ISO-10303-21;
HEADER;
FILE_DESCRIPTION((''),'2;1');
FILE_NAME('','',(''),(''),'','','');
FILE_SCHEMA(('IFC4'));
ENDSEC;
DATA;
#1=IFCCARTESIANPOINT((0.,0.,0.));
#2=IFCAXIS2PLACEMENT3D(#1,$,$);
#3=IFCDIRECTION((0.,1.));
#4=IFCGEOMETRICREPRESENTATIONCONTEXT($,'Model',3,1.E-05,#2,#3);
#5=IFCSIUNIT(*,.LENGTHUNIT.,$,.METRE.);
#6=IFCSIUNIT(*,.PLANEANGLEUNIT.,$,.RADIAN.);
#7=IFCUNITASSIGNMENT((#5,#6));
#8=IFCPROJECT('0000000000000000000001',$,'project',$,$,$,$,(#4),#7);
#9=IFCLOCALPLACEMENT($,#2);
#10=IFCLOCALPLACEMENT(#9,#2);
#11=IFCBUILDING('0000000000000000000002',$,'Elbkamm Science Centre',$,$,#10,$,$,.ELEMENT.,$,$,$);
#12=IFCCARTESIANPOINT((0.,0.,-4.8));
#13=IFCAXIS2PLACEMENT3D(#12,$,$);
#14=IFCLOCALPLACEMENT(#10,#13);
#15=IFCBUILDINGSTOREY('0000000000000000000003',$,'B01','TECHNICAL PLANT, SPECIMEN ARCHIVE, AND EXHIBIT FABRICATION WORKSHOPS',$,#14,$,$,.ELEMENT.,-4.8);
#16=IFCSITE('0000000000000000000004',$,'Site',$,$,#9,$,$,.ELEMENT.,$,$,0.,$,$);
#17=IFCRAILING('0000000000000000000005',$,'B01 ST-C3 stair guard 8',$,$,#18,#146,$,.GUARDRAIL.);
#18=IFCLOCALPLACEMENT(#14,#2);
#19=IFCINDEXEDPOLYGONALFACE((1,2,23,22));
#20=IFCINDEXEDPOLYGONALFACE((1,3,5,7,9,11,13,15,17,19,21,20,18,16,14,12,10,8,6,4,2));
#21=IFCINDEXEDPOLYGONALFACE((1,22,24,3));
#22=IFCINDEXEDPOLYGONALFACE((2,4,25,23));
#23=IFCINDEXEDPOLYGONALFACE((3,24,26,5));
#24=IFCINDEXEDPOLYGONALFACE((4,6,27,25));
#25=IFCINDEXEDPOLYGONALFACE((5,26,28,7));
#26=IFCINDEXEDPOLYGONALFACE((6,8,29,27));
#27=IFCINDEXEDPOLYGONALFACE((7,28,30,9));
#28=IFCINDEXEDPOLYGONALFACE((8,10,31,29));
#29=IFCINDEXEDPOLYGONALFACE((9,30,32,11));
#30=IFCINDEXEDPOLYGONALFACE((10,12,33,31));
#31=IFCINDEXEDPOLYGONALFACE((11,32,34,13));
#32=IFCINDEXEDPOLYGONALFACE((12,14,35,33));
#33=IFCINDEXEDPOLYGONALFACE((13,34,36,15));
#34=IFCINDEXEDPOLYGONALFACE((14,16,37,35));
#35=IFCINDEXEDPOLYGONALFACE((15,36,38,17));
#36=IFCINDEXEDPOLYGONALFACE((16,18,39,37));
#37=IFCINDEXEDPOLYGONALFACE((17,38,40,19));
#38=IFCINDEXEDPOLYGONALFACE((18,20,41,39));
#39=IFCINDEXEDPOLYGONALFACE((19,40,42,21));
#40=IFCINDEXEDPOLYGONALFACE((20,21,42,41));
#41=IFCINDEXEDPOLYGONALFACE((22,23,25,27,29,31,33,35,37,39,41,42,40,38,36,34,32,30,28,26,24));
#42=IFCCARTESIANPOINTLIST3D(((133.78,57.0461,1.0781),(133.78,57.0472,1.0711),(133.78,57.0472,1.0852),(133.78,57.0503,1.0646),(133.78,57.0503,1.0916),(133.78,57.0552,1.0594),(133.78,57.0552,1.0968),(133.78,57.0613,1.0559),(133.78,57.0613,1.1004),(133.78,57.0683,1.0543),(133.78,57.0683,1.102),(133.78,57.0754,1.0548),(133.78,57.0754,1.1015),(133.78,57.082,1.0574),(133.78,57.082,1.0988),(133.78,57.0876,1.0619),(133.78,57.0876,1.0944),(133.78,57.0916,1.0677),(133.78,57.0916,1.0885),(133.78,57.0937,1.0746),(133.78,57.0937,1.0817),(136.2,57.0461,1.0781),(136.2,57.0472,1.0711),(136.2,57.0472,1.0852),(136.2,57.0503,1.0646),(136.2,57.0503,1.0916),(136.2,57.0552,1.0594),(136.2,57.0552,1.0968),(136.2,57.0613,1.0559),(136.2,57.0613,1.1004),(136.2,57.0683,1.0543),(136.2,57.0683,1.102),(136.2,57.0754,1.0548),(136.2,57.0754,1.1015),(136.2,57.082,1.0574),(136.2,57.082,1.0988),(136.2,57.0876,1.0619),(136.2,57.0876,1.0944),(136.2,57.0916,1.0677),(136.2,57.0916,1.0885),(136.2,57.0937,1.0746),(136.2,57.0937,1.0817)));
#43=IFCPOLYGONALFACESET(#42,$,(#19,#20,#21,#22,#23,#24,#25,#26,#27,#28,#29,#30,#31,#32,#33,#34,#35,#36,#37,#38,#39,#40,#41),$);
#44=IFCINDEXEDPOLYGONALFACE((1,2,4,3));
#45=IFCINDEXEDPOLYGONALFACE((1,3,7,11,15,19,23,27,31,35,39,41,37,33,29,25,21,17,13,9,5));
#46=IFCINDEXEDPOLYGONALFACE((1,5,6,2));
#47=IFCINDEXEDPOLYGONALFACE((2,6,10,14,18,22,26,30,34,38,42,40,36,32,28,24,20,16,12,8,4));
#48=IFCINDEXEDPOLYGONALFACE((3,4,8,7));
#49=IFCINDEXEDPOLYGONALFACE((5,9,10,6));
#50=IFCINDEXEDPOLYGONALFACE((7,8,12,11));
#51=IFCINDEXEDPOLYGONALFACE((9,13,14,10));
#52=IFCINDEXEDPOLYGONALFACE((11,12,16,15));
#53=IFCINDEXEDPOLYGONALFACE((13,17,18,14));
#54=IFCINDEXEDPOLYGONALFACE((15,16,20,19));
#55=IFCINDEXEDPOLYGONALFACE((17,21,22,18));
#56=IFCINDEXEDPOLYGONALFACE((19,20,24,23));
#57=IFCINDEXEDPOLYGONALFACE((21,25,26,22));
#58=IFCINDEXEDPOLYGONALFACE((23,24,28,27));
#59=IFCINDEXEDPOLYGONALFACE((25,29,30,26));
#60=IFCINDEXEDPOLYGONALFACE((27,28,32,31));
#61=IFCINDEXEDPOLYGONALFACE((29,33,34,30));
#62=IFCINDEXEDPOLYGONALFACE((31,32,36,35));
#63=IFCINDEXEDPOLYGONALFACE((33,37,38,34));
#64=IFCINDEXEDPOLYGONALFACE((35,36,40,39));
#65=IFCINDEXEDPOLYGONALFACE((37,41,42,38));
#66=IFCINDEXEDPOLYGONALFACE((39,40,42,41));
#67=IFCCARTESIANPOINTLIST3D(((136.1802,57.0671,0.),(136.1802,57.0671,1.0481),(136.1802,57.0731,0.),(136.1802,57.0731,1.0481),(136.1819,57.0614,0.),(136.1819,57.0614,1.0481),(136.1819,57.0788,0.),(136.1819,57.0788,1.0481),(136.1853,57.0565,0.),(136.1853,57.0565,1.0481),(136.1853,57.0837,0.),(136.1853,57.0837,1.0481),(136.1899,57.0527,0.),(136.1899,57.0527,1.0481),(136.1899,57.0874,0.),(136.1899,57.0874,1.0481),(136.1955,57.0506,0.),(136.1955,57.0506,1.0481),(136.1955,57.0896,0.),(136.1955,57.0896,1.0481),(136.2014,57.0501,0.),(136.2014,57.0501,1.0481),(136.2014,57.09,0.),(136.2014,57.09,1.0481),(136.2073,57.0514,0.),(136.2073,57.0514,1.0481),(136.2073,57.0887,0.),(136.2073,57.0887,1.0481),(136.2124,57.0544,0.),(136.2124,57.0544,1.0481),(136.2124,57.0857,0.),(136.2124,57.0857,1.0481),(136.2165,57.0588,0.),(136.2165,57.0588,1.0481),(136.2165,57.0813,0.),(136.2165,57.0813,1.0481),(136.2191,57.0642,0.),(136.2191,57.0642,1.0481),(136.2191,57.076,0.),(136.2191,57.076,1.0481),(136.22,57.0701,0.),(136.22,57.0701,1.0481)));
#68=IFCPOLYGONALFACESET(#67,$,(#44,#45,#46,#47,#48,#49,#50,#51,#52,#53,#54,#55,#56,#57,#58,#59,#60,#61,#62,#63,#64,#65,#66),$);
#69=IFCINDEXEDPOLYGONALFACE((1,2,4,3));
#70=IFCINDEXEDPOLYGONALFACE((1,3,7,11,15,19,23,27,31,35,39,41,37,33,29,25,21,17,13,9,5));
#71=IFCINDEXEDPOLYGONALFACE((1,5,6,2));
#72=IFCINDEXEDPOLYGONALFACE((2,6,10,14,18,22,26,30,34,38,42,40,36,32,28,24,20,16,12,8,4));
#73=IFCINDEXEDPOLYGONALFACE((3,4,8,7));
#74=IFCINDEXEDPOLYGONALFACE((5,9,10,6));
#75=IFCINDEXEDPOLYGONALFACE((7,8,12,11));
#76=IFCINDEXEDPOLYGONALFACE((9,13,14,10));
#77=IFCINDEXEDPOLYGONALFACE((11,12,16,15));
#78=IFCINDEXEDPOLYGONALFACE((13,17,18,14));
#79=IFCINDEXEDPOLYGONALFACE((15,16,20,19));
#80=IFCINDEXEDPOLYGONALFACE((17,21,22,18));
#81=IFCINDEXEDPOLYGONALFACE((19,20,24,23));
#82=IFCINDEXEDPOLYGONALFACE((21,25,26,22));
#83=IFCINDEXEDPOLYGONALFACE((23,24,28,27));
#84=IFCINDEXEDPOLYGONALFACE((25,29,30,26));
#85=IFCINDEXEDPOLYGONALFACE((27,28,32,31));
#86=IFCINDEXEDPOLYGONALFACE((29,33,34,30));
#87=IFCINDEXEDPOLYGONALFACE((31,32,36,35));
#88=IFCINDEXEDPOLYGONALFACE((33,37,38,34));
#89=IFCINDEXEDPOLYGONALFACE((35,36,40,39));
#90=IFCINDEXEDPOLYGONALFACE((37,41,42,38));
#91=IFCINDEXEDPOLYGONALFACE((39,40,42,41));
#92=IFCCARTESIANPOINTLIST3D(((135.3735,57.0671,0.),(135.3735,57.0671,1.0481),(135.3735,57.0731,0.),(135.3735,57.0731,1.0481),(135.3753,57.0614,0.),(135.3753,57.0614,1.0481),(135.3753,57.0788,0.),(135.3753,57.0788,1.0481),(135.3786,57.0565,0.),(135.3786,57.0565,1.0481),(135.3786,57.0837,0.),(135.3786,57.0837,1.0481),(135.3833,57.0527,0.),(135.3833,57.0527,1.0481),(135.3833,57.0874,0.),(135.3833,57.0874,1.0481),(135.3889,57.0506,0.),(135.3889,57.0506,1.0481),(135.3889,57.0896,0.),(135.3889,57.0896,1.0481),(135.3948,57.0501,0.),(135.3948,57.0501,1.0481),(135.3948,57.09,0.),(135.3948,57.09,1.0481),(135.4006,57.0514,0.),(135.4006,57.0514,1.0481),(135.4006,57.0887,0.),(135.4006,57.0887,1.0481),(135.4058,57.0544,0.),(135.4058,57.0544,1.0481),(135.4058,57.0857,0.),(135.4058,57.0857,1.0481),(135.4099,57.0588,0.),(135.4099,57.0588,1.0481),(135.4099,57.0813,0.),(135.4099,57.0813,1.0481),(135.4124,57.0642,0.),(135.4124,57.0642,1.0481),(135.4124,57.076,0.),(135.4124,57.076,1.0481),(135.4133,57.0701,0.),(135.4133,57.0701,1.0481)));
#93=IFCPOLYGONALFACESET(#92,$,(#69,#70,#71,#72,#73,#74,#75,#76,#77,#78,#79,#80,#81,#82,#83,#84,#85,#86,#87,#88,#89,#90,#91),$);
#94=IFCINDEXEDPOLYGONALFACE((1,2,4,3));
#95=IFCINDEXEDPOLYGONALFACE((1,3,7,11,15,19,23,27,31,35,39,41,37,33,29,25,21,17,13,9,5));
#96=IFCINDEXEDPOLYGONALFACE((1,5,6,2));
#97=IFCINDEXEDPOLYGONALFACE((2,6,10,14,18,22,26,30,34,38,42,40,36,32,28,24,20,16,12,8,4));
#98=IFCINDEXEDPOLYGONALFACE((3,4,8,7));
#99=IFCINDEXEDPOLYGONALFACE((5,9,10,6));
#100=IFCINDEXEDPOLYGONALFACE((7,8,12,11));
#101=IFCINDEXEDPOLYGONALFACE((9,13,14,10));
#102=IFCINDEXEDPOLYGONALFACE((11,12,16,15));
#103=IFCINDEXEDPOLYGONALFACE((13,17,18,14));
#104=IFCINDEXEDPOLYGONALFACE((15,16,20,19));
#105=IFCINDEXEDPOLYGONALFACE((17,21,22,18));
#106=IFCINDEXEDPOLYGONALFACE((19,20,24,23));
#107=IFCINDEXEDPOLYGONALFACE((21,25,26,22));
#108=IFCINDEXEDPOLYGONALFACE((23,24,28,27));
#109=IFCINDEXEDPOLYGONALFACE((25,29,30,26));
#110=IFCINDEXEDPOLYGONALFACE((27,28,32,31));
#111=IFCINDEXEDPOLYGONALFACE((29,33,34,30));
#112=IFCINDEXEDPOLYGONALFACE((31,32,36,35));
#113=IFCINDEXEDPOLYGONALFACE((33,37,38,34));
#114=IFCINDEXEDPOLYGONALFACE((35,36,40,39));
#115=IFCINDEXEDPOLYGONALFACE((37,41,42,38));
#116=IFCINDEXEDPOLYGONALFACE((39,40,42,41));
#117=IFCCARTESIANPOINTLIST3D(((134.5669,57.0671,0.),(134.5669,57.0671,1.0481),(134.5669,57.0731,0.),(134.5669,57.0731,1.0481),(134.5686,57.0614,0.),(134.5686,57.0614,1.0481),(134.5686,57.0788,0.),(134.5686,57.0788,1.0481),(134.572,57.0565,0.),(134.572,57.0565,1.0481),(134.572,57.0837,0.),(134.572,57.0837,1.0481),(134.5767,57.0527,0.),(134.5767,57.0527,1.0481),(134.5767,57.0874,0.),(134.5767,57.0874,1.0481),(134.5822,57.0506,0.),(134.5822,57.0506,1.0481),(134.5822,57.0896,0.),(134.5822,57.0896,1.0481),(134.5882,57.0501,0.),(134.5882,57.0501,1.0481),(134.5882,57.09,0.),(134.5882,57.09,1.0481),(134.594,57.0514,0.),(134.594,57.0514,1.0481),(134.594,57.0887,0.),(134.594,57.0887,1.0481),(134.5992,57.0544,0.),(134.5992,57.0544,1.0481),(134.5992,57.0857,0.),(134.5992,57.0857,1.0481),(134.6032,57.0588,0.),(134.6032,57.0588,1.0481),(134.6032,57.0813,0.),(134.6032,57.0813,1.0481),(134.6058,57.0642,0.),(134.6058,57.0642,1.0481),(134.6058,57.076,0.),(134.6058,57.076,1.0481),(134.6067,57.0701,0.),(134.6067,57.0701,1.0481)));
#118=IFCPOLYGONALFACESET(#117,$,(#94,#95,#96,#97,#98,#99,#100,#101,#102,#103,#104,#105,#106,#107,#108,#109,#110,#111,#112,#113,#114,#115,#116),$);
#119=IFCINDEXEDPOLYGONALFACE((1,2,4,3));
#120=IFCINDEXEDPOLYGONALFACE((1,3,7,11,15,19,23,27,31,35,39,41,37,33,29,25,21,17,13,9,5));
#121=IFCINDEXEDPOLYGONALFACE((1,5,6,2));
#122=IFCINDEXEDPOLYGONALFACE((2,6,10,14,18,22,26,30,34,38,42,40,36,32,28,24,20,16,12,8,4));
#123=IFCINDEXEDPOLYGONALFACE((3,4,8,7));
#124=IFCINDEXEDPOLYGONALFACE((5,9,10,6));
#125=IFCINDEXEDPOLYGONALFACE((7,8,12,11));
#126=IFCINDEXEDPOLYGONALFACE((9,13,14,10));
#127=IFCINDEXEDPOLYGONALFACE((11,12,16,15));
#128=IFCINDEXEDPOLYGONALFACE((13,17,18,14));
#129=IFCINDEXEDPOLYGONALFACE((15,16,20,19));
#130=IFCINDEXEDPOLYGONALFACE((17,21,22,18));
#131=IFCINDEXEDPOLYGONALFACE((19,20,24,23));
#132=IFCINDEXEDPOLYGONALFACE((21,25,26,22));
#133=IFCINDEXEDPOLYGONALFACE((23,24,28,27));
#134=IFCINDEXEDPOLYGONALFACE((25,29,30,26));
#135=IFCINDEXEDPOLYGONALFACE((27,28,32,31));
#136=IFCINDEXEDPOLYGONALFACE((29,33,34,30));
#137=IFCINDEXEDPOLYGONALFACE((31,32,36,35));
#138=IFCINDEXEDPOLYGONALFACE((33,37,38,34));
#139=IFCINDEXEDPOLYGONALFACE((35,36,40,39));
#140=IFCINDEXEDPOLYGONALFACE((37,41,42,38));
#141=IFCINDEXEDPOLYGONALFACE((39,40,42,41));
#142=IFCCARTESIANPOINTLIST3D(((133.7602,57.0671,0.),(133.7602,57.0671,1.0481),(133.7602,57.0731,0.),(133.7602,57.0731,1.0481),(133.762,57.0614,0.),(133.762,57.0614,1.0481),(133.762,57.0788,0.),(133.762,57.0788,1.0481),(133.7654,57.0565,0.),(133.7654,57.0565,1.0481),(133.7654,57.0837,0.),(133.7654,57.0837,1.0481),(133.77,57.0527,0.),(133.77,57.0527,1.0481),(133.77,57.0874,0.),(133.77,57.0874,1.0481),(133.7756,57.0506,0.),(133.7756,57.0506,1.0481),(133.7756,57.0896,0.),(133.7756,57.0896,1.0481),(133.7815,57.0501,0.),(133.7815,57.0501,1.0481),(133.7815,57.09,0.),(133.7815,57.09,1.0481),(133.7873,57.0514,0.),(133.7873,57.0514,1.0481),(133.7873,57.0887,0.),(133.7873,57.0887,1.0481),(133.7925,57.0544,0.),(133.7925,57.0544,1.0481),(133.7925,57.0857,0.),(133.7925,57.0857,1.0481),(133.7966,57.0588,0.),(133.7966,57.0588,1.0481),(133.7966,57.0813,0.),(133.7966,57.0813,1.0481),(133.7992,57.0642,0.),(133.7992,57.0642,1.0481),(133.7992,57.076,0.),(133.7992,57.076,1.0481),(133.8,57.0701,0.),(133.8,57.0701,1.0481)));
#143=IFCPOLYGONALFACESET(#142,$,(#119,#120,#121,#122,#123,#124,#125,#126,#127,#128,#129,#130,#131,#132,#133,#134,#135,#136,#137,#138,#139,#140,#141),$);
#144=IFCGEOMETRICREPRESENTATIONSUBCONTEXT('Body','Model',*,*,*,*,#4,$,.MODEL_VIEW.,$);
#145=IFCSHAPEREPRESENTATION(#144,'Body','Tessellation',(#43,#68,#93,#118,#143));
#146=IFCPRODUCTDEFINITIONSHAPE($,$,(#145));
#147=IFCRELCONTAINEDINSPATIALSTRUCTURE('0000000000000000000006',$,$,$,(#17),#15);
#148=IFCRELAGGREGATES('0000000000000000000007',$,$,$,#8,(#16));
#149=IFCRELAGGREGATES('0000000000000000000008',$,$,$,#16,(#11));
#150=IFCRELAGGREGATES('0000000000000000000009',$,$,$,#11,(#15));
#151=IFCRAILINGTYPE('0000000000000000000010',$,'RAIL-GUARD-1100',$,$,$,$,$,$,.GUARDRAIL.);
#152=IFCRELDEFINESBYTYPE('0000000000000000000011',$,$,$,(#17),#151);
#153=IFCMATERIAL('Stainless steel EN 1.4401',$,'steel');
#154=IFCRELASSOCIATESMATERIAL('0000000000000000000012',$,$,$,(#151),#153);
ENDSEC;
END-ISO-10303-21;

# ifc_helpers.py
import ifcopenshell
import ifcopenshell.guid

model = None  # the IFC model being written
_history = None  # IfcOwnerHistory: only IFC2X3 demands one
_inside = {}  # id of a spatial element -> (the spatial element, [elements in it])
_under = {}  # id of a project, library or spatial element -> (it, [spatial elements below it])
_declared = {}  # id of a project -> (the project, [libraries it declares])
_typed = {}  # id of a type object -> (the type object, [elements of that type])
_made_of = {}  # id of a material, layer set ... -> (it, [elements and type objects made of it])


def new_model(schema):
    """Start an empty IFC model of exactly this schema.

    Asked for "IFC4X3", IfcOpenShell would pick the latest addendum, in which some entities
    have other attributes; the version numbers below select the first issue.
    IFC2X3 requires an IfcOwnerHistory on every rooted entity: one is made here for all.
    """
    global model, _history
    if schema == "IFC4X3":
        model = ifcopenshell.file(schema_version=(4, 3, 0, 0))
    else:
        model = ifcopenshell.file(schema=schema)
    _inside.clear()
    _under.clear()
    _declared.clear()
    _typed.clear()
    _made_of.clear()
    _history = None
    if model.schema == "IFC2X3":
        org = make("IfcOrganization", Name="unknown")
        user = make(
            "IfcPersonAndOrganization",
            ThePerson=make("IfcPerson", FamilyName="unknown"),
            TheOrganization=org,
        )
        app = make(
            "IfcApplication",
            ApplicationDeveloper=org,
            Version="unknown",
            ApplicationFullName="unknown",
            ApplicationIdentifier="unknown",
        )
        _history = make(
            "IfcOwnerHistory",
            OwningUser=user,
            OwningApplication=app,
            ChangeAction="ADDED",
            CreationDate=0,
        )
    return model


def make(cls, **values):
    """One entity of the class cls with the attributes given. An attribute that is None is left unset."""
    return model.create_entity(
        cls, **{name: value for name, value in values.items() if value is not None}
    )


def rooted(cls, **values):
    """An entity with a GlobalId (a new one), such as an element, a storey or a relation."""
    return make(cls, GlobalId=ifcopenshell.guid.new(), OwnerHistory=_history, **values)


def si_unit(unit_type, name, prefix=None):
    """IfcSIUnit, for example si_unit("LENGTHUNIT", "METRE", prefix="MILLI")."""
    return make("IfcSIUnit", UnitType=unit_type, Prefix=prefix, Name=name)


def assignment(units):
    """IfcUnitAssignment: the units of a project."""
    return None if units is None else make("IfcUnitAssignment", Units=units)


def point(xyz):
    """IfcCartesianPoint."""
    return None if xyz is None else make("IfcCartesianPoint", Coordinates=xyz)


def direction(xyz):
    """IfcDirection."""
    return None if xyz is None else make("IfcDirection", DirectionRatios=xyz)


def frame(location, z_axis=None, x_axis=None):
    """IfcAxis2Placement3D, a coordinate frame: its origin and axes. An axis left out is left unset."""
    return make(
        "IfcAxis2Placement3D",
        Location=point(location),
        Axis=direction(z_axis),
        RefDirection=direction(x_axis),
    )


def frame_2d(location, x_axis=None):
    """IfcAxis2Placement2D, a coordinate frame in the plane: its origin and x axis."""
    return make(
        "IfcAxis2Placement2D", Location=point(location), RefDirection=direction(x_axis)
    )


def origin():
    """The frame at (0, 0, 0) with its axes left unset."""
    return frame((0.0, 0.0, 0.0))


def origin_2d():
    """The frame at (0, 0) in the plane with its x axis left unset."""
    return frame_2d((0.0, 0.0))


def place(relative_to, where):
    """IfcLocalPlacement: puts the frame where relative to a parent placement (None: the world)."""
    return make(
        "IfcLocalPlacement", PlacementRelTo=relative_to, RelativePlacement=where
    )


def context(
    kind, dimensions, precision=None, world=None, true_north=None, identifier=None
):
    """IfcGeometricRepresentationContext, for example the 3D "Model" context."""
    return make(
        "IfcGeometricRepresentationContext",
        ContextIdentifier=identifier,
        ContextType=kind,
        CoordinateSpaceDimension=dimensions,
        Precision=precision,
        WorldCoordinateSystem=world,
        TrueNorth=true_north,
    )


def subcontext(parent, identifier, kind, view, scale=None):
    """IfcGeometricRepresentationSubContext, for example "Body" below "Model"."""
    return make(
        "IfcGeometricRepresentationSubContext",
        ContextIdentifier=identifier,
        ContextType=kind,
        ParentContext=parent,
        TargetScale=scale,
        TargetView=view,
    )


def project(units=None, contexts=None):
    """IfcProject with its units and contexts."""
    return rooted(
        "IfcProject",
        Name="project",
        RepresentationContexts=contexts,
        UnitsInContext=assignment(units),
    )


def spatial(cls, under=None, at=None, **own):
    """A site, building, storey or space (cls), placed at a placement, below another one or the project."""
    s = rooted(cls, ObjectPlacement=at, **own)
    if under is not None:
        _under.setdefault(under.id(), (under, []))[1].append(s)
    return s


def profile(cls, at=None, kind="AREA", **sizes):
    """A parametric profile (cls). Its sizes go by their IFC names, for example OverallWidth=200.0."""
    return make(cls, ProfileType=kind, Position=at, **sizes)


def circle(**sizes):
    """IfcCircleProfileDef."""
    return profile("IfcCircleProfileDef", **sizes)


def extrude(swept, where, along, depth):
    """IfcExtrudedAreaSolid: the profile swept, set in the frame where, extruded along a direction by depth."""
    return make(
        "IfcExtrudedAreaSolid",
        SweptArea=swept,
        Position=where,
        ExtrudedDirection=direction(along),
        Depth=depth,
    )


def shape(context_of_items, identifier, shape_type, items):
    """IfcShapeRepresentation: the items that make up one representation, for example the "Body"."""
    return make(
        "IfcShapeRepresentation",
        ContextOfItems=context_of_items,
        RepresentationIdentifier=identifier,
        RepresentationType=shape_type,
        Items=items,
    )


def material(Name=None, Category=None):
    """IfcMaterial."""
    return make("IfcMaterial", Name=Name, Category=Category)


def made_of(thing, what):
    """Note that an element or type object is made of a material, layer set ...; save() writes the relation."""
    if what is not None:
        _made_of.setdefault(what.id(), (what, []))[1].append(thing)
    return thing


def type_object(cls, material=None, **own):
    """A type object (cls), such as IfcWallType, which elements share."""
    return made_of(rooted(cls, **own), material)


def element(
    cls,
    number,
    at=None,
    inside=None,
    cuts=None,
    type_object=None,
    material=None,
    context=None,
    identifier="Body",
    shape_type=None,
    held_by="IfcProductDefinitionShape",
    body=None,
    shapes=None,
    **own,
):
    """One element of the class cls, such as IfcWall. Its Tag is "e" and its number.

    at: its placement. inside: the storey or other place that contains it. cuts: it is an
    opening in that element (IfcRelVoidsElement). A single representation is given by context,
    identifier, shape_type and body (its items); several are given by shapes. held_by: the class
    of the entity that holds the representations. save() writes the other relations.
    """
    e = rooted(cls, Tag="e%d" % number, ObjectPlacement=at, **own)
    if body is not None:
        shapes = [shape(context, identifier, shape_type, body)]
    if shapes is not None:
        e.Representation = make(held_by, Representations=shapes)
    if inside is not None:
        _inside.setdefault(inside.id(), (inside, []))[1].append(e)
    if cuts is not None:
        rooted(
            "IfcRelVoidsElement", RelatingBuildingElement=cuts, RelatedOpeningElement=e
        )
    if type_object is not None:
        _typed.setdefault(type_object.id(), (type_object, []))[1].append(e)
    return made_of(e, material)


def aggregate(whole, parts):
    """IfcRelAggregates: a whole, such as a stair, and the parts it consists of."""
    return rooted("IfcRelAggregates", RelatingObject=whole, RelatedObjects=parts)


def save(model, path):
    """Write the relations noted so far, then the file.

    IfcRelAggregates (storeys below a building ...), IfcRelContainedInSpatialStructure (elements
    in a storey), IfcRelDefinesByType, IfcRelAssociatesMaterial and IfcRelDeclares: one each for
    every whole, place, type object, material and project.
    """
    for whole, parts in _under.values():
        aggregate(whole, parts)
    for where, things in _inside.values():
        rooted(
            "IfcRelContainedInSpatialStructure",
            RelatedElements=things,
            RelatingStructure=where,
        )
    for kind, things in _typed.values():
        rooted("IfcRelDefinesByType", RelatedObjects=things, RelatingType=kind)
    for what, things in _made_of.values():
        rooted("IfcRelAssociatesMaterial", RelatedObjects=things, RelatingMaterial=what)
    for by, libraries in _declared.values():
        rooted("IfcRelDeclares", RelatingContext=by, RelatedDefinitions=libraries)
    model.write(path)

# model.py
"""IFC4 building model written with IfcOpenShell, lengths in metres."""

from ifc_helpers import new_model, si_unit, direction, frame, origin, origin_2d, place, context, subcontext, project, spatial, circle, extrude, material, type_object, element, save


model = new_model("IFC4")

# Units and contexts
model_context = context("Model", 3, precision=1e-05, world=origin(), true_north=direction((0.0, 1.0)))
body_context = subcontext(model_context, "Body", "Model", "MODEL_VIEW")
ifc_project = project(units=[si_unit("LENGTHUNIT", "METRE"), si_unit("PLANEANGLEUNIT", "RADIAN")], contexts=[model_context])

# Site, building, storey
site_placement = place(None, origin())
site = spatial("IfcSite", under=ifc_project, at=site_placement, Name="Site", CompositionType="ELEMENT", RefElevation=0.0)
building_placement = place(site_placement, origin())
building = spatial("IfcBuilding", under=site, at=building_placement, Name="Elbkamm Science Centre", CompositionType="ELEMENT")
storey_placement = place(building_placement, frame((0.0, 0.0, -4.8)))
storey = spatial("IfcBuildingStorey", under=building, at=storey_placement, Name="B01", Description="TECHNICAL PLANT, SPECIMEN ARCHIVE, AND EXHIBIT FABRICATION WORKSHOPS", CompositionType="ELEMENT", Elevation=-4.8)

# Railing
ifc_material_1 = material(Name="Stainless steel EN 1.4401", Category="steel")
railing_type = type_object("IfcRailingType", Name="RAIL-GUARD-1100", PredefinedType="GUARDRAIL", material=ifc_material_1)
for number, where, name in (
    (1, (136.2, 57.0701, 0.0), "B01 ST-C3 stair guard 8"),
):
    element("IfcRailing", number, at=place(storey_placement, frame(where)), inside=storey, type_object=railing_type, Name=name, PredefinedType="GUARDRAIL", context=body_context, shape_type="SweptSolid", body=[
        extrude(circle(Radius=0.0239, at=origin_2d()), frame((0.0, 0.0, 1.0781), z_axis=(-1.0, 0.0, 0.0), x_axis=(0.0, -1.0, 0.0)), (0.0, 0.0, 1.0), 2.4199),
        extrude(circle(Radius=0.02, at=origin_2d()), origin(), (0.0, 0.0, 1.0), 1.0481),
        extrude(circle(Radius=0.02, at=origin_2d()), frame((-0.8066, 0.0, 0.0)), (0.0, 0.0, 1.0), 1.0481),
        extrude(circle(Radius=0.02, at=origin_2d()), frame((-1.6133, 0.0, 0.0)), (0.0, 0.0, 1.0), 1.0481),
        extrude(circle(Radius=0.02, at=origin_2d()), frame((-2.4199, 0.0, 0.0)), (0.0, 0.0, 1.0), 1.0481),
    ])

save(model, "model.ifc")
